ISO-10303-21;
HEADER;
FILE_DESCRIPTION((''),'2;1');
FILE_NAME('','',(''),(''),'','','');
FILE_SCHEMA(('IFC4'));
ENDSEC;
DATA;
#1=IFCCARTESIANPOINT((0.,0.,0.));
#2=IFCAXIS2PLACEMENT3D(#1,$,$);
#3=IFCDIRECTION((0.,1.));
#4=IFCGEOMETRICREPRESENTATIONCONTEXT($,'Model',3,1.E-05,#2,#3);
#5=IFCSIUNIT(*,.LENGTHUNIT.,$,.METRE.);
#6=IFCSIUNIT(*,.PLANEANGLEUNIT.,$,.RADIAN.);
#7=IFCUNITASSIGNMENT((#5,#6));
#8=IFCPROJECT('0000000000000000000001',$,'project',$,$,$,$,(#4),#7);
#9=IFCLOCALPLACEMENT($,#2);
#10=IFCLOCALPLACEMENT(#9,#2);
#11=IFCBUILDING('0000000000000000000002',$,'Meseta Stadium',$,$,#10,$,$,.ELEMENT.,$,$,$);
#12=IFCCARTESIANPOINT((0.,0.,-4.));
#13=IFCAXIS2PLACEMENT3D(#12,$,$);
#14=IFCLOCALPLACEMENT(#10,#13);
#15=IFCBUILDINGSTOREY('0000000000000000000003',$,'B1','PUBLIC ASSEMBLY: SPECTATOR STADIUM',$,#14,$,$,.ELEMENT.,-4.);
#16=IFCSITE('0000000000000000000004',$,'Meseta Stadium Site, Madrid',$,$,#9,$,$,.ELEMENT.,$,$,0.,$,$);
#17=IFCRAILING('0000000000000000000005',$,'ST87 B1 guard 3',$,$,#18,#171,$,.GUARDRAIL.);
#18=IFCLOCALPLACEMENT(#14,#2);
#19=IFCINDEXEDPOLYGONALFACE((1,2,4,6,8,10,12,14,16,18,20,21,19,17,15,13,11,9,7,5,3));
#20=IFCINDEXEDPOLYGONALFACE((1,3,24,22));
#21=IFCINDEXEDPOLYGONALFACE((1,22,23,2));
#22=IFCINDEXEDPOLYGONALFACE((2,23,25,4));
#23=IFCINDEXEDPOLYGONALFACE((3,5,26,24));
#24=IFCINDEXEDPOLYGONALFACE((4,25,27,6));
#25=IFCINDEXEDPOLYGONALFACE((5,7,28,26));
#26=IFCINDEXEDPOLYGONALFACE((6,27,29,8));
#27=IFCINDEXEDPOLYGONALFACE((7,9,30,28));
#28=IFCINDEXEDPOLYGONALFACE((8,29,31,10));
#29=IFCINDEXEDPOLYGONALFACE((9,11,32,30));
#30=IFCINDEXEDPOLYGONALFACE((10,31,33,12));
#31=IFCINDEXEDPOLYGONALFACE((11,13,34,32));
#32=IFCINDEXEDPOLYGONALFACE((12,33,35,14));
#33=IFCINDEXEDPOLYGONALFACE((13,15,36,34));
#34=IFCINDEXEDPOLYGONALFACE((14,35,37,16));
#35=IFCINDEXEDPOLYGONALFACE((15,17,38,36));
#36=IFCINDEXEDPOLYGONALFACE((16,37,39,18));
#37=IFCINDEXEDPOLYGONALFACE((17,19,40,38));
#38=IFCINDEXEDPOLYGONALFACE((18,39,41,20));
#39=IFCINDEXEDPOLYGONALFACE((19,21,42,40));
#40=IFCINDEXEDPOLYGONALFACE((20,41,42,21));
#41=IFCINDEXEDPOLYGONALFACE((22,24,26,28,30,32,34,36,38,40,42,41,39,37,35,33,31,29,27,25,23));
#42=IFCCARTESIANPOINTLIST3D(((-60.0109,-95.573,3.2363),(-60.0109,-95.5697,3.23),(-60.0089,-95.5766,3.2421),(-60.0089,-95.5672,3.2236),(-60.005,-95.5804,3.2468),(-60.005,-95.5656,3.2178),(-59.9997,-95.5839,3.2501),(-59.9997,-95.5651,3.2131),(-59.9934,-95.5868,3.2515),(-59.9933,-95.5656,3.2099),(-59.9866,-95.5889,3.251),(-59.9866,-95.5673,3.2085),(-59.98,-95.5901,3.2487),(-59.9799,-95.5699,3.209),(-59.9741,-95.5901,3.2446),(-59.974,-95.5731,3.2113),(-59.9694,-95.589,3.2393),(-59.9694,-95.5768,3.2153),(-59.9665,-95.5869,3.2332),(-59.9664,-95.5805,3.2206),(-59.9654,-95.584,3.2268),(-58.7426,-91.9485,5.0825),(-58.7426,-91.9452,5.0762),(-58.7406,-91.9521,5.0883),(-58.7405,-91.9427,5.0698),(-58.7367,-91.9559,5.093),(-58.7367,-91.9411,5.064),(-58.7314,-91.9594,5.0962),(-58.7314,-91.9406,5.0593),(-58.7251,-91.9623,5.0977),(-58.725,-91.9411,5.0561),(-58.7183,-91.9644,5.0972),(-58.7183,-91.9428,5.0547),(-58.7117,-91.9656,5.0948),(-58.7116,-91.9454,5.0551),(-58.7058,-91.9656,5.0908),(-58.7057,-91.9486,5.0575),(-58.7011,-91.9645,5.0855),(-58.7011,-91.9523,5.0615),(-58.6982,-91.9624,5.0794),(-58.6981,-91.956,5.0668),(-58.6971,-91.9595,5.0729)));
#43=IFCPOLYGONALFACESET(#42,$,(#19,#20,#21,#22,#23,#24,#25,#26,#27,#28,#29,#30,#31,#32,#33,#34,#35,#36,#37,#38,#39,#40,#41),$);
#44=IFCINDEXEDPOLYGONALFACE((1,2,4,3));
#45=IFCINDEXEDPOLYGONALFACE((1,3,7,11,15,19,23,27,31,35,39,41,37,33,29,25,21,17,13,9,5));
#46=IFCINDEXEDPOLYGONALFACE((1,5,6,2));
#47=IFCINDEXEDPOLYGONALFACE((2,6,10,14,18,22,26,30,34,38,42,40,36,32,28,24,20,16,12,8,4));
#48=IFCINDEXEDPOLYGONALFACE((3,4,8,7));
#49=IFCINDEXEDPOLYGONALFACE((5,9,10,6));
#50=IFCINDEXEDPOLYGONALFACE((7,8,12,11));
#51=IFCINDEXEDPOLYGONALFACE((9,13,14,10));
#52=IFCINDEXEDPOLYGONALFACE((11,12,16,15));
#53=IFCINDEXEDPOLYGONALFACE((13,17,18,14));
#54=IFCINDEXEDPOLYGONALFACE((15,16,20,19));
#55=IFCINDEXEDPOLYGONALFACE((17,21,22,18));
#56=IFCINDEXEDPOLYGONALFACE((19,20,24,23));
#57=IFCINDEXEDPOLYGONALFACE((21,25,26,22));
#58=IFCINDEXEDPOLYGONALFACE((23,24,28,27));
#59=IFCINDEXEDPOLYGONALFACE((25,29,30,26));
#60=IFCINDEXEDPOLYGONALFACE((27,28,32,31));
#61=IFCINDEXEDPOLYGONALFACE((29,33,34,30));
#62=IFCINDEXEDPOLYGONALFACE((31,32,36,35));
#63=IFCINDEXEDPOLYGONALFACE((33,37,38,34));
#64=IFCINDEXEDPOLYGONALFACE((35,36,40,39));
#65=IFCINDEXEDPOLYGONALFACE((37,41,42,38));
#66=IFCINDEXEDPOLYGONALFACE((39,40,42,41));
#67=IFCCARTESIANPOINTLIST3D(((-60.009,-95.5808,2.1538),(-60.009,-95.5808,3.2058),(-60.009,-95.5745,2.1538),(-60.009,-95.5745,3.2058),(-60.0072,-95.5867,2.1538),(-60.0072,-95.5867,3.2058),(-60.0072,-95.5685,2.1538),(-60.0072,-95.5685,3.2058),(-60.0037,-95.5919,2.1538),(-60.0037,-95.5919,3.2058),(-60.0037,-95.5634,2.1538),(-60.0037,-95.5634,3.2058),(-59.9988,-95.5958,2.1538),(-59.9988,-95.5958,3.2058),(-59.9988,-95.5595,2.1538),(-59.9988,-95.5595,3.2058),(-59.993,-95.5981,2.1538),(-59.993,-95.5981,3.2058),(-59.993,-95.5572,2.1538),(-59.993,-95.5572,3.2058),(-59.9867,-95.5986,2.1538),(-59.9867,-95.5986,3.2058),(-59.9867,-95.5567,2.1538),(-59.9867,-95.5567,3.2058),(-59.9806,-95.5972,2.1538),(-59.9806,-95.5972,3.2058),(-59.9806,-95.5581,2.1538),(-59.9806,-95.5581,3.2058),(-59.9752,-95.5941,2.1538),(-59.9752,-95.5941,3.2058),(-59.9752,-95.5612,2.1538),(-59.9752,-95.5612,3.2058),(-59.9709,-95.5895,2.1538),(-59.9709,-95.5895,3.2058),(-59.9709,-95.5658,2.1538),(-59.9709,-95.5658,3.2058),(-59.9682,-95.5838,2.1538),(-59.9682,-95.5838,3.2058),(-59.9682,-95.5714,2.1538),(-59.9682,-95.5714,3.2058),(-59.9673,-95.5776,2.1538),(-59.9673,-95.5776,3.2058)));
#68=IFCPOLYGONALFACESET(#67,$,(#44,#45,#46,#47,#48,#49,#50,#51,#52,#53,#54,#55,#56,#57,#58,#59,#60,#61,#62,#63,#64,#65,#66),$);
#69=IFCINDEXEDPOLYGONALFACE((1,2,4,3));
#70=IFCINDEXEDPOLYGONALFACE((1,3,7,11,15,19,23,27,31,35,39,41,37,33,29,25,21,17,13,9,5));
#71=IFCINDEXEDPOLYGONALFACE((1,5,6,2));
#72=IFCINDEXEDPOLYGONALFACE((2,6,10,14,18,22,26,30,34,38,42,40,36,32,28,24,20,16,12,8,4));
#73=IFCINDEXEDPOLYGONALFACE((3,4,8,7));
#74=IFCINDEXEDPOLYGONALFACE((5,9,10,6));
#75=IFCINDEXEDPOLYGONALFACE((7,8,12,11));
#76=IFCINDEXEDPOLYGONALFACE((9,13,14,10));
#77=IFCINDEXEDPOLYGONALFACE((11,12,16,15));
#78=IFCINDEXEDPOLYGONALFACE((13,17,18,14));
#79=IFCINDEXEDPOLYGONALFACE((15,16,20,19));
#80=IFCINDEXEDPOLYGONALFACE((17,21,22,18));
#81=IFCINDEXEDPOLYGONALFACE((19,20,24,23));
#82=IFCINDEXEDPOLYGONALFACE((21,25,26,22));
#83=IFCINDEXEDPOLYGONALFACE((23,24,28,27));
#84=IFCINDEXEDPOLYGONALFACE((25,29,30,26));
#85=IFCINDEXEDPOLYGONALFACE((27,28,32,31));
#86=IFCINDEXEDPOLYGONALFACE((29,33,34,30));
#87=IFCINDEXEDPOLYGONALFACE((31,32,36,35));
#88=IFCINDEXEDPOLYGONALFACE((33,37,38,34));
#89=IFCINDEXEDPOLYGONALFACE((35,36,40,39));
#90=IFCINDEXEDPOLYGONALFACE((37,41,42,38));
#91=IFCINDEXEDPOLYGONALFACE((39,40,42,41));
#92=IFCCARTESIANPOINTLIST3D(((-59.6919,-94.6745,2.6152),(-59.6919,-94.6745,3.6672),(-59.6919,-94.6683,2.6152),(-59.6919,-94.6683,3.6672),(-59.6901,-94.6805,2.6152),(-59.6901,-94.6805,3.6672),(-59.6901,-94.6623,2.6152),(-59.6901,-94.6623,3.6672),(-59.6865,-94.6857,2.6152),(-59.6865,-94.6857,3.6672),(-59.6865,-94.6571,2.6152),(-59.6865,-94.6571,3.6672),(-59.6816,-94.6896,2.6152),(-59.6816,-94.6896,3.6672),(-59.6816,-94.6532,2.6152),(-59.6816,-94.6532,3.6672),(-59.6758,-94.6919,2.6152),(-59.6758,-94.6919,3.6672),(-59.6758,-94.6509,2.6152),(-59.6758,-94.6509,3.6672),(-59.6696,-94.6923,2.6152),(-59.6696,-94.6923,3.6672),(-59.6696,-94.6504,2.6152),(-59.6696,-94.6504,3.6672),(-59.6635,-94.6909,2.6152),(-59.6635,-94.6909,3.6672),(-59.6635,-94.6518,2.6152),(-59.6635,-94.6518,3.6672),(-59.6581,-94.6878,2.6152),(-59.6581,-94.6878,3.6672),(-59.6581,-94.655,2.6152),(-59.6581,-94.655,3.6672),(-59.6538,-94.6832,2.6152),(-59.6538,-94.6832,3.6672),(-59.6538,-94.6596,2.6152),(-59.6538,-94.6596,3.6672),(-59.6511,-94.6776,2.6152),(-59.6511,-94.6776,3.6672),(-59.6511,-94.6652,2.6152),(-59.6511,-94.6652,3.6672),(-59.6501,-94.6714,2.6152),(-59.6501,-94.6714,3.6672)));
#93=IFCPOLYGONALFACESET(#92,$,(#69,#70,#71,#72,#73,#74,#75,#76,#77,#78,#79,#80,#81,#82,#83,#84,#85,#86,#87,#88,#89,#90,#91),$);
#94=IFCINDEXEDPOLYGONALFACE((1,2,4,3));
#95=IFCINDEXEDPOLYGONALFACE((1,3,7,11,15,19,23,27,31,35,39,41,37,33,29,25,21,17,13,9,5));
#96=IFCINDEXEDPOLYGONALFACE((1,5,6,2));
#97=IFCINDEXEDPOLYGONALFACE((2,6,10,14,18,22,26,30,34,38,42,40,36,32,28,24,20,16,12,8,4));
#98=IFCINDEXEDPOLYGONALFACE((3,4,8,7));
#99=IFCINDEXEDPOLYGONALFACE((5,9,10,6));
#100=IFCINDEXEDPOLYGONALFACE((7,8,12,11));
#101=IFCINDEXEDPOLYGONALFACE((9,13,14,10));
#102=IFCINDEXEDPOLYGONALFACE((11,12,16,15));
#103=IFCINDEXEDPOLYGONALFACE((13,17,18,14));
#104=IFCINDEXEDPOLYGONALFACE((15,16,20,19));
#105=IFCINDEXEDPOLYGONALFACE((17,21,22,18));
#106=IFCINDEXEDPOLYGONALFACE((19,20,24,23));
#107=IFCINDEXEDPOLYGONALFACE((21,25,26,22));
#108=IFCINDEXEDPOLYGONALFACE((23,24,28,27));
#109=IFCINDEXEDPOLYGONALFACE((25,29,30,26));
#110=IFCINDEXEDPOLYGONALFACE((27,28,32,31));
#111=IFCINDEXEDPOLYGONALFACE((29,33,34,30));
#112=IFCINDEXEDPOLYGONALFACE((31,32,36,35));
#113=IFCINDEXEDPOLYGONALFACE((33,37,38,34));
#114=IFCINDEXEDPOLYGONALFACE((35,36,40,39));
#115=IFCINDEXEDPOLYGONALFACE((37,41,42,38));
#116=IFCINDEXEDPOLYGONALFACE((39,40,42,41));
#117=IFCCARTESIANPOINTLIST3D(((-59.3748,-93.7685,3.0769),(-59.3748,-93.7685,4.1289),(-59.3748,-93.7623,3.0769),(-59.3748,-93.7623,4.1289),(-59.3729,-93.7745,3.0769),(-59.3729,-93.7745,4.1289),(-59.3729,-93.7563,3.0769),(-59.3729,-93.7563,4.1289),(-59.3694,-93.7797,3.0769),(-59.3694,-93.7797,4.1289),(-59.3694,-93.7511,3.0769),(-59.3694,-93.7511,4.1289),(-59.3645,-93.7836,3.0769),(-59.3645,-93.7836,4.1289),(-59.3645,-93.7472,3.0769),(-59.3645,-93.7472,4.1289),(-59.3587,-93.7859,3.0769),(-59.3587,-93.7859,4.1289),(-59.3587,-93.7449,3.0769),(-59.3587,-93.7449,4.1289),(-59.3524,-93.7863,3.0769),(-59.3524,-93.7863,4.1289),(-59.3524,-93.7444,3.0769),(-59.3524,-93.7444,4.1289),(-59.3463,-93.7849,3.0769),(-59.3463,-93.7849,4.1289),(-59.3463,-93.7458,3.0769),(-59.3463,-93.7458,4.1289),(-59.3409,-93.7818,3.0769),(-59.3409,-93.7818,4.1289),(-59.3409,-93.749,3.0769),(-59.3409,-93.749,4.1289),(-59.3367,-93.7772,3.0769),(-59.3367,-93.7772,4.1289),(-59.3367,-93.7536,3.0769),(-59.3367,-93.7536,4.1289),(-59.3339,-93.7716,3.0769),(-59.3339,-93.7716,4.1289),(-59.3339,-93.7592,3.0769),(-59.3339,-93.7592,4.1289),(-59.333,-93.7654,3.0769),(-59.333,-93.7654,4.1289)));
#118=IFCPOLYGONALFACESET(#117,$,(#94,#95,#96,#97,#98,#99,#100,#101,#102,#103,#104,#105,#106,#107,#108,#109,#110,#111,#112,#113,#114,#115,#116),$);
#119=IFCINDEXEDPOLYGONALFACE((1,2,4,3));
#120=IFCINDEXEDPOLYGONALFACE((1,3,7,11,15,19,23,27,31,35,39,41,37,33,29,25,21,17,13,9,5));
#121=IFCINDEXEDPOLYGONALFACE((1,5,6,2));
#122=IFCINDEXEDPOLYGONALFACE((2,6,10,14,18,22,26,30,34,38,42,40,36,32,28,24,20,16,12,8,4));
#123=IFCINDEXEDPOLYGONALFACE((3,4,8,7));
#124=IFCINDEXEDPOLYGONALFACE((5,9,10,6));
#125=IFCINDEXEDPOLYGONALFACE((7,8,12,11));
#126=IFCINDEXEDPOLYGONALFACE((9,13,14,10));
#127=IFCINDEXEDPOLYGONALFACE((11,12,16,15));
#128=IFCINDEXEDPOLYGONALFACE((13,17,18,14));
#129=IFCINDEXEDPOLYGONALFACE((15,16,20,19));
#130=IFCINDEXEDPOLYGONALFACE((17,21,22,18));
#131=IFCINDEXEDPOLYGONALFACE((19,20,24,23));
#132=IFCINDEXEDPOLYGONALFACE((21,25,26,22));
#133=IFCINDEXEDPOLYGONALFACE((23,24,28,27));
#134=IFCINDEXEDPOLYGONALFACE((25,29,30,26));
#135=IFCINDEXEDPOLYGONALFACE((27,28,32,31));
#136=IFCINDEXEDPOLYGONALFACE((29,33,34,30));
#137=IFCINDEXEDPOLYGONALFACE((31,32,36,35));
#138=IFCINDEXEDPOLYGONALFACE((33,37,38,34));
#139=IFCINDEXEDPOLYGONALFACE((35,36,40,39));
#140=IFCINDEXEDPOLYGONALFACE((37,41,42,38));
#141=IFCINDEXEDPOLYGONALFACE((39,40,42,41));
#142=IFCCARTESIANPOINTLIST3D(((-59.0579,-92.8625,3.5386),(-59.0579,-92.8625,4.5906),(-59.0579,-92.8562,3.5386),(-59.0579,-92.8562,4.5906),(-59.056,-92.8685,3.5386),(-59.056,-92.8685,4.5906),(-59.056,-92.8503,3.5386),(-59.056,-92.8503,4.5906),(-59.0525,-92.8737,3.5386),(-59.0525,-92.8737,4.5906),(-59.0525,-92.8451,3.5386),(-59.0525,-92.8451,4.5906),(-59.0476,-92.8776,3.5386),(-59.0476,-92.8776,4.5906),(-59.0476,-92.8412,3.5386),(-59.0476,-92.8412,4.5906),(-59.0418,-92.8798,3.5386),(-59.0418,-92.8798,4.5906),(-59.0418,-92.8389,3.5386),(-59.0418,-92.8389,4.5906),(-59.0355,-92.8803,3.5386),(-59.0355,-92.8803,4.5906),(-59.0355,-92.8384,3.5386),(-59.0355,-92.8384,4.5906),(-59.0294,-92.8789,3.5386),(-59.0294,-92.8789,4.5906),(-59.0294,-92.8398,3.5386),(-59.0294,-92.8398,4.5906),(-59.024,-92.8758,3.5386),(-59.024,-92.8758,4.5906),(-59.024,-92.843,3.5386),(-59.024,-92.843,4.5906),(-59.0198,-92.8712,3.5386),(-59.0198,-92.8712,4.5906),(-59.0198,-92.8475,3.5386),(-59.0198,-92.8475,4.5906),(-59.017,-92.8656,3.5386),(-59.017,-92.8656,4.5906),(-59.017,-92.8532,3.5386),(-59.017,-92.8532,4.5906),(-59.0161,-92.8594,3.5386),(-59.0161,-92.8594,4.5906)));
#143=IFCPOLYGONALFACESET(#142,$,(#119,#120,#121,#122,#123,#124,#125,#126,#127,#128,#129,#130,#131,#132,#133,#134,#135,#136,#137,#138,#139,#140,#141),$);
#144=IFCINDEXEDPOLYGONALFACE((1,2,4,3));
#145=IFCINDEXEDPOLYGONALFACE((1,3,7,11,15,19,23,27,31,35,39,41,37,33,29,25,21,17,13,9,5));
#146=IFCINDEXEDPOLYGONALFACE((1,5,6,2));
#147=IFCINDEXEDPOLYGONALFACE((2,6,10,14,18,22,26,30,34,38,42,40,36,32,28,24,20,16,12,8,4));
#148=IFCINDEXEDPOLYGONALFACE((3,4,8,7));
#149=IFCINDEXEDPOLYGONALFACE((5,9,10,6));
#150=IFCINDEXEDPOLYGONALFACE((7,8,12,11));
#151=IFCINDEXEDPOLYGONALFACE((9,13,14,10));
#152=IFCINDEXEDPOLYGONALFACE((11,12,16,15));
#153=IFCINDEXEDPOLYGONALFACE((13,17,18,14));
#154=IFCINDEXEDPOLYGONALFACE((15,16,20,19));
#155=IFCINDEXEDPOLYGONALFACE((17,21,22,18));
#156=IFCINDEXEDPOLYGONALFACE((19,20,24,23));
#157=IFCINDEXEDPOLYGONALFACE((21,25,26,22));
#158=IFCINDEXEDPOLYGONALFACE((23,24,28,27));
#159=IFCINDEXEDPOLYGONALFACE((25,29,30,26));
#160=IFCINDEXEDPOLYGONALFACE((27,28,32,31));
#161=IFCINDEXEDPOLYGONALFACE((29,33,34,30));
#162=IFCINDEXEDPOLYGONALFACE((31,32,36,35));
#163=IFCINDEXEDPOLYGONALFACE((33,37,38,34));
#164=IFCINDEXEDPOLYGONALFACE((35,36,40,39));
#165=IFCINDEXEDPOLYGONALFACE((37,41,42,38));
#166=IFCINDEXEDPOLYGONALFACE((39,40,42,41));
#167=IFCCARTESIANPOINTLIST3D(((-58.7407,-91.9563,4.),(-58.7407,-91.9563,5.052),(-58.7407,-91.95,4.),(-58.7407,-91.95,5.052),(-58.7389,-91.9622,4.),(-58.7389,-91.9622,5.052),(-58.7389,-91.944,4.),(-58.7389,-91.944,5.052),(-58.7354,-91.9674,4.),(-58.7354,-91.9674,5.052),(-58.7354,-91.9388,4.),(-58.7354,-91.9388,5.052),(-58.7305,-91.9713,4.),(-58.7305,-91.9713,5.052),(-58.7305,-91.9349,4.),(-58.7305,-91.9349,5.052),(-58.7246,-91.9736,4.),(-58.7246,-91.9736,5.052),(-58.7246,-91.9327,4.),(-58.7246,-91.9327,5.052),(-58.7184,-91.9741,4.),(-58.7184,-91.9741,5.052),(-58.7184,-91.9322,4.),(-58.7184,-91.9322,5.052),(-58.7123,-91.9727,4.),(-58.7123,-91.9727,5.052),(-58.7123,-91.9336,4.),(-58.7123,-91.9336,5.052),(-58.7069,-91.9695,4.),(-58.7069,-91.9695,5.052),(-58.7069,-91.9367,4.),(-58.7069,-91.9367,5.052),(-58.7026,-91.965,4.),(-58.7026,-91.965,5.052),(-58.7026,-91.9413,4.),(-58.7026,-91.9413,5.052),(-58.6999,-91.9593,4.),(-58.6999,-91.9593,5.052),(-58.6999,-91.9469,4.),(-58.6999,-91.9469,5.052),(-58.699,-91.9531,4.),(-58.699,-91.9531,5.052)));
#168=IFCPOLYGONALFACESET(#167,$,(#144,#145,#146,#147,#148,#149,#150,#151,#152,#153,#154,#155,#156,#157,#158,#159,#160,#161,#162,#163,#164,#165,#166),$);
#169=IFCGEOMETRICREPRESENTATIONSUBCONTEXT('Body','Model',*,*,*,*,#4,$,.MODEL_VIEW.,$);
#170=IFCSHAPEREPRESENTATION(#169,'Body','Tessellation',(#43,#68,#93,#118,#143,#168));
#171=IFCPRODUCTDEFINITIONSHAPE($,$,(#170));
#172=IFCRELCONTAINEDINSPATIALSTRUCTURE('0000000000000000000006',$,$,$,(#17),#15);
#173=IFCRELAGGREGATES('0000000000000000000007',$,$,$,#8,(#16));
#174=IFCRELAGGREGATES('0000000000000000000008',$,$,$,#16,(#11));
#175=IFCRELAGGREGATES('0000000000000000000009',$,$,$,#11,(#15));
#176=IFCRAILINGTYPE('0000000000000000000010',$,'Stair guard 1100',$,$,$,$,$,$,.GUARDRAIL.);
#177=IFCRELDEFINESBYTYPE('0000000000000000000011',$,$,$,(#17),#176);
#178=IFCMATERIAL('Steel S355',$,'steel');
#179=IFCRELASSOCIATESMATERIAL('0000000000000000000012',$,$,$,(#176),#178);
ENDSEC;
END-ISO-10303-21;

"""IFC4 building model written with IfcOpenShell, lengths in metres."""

from ifc_helpers import new_model, si_unit, direction, frame, origin, origin_2d, place, context, subcontext, project, spatial, circle, extrude, material, type_object, element, save


model = new_model("IFC4")

# Units and contexts
model_context = context("Model", 3, precision=1e-05, world=origin(), true_north=direction((0.0, 1.0)))
body_context = subcontext(model_context, "Body", "Model", "MODEL_VIEW")
ifc_project = project(units=[si_unit("LENGTHUNIT", "METRE"), si_unit("PLANEANGLEUNIT", "RADIAN")], contexts=[model_context])

# Site, building, storey
site_placement = place(None, origin())
site = spatial("IfcSite", under=ifc_project, at=site_placement, Name="Meseta Stadium Site, Madrid", CompositionType="ELEMENT", RefElevation=0.0)
building_placement = place(site_placement, origin())
building = spatial("IfcBuilding", under=site, at=building_placement, Name="Meseta Stadium", CompositionType="ELEMENT")
storey_placement = place(building_placement, frame((0.0, 0.0, -4.0)))
storey = spatial("IfcBuildingStorey", under=building, at=storey_placement, Name="B1", Description="PUBLIC ASSEMBLY: SPECTATOR STADIUM", CompositionType="ELEMENT", Elevation=-4.0)

# Railing
ifc_material_1 = material(Name="Steel S355", Category="steel")
railing_type_1 = type_object("IfcRailingType", Name="Stair guard 1100", PredefinedType="GUARDRAIL", material=ifc_material_1)
railing_1_placement = place(storey_placement, frame((-59.9883, -95.5776, 2.1538)))
element("IfcRailing", 1, at=railing_1_placement, inside=storey, type_object=railing_type_1, Name="ST87 B1 guard 3", PredefinedType="GUARDRAIL", context=body_context, shape_type="SweptSolid", body=[
    extrude(circle(Radius=0.0239, at=origin_2d()), frame((0.0, 0.0, 1.0762), z_axis=(0.297672, 0.850672, 0.4333), x_axis=(-0.94388, 0.330288, 0.0)), (0.0, 0.0, 1.0), 4.2607),
    extrude(circle(Radius=0.021, at=origin_2d()), origin(), (0.0, 0.0, 1.0), 1.052),
    extrude(circle(Radius=0.021, at=origin_2d()), frame((0.3171, 0.9062, 0.4614)), (0.0, 0.0, 1.0), 1.052),
    extrude(circle(Radius=0.021, at=origin_2d()), frame((0.6343, 1.8123, 0.9231)), (0.0, 0.0, 1.0), 1.052),
    extrude(circle(Radius=0.021, at=origin_2d()), frame((0.9512, 2.7183, 1.3848)), (0.0, 0.0, 1.0), 1.052),
    extrude(circle(Radius=0.021, at=origin_2d()), frame((1.2683, 3.6245, 1.8462)), (0.0, 0.0, 1.0), 1.052),
])

save(model, "model.ifc")
